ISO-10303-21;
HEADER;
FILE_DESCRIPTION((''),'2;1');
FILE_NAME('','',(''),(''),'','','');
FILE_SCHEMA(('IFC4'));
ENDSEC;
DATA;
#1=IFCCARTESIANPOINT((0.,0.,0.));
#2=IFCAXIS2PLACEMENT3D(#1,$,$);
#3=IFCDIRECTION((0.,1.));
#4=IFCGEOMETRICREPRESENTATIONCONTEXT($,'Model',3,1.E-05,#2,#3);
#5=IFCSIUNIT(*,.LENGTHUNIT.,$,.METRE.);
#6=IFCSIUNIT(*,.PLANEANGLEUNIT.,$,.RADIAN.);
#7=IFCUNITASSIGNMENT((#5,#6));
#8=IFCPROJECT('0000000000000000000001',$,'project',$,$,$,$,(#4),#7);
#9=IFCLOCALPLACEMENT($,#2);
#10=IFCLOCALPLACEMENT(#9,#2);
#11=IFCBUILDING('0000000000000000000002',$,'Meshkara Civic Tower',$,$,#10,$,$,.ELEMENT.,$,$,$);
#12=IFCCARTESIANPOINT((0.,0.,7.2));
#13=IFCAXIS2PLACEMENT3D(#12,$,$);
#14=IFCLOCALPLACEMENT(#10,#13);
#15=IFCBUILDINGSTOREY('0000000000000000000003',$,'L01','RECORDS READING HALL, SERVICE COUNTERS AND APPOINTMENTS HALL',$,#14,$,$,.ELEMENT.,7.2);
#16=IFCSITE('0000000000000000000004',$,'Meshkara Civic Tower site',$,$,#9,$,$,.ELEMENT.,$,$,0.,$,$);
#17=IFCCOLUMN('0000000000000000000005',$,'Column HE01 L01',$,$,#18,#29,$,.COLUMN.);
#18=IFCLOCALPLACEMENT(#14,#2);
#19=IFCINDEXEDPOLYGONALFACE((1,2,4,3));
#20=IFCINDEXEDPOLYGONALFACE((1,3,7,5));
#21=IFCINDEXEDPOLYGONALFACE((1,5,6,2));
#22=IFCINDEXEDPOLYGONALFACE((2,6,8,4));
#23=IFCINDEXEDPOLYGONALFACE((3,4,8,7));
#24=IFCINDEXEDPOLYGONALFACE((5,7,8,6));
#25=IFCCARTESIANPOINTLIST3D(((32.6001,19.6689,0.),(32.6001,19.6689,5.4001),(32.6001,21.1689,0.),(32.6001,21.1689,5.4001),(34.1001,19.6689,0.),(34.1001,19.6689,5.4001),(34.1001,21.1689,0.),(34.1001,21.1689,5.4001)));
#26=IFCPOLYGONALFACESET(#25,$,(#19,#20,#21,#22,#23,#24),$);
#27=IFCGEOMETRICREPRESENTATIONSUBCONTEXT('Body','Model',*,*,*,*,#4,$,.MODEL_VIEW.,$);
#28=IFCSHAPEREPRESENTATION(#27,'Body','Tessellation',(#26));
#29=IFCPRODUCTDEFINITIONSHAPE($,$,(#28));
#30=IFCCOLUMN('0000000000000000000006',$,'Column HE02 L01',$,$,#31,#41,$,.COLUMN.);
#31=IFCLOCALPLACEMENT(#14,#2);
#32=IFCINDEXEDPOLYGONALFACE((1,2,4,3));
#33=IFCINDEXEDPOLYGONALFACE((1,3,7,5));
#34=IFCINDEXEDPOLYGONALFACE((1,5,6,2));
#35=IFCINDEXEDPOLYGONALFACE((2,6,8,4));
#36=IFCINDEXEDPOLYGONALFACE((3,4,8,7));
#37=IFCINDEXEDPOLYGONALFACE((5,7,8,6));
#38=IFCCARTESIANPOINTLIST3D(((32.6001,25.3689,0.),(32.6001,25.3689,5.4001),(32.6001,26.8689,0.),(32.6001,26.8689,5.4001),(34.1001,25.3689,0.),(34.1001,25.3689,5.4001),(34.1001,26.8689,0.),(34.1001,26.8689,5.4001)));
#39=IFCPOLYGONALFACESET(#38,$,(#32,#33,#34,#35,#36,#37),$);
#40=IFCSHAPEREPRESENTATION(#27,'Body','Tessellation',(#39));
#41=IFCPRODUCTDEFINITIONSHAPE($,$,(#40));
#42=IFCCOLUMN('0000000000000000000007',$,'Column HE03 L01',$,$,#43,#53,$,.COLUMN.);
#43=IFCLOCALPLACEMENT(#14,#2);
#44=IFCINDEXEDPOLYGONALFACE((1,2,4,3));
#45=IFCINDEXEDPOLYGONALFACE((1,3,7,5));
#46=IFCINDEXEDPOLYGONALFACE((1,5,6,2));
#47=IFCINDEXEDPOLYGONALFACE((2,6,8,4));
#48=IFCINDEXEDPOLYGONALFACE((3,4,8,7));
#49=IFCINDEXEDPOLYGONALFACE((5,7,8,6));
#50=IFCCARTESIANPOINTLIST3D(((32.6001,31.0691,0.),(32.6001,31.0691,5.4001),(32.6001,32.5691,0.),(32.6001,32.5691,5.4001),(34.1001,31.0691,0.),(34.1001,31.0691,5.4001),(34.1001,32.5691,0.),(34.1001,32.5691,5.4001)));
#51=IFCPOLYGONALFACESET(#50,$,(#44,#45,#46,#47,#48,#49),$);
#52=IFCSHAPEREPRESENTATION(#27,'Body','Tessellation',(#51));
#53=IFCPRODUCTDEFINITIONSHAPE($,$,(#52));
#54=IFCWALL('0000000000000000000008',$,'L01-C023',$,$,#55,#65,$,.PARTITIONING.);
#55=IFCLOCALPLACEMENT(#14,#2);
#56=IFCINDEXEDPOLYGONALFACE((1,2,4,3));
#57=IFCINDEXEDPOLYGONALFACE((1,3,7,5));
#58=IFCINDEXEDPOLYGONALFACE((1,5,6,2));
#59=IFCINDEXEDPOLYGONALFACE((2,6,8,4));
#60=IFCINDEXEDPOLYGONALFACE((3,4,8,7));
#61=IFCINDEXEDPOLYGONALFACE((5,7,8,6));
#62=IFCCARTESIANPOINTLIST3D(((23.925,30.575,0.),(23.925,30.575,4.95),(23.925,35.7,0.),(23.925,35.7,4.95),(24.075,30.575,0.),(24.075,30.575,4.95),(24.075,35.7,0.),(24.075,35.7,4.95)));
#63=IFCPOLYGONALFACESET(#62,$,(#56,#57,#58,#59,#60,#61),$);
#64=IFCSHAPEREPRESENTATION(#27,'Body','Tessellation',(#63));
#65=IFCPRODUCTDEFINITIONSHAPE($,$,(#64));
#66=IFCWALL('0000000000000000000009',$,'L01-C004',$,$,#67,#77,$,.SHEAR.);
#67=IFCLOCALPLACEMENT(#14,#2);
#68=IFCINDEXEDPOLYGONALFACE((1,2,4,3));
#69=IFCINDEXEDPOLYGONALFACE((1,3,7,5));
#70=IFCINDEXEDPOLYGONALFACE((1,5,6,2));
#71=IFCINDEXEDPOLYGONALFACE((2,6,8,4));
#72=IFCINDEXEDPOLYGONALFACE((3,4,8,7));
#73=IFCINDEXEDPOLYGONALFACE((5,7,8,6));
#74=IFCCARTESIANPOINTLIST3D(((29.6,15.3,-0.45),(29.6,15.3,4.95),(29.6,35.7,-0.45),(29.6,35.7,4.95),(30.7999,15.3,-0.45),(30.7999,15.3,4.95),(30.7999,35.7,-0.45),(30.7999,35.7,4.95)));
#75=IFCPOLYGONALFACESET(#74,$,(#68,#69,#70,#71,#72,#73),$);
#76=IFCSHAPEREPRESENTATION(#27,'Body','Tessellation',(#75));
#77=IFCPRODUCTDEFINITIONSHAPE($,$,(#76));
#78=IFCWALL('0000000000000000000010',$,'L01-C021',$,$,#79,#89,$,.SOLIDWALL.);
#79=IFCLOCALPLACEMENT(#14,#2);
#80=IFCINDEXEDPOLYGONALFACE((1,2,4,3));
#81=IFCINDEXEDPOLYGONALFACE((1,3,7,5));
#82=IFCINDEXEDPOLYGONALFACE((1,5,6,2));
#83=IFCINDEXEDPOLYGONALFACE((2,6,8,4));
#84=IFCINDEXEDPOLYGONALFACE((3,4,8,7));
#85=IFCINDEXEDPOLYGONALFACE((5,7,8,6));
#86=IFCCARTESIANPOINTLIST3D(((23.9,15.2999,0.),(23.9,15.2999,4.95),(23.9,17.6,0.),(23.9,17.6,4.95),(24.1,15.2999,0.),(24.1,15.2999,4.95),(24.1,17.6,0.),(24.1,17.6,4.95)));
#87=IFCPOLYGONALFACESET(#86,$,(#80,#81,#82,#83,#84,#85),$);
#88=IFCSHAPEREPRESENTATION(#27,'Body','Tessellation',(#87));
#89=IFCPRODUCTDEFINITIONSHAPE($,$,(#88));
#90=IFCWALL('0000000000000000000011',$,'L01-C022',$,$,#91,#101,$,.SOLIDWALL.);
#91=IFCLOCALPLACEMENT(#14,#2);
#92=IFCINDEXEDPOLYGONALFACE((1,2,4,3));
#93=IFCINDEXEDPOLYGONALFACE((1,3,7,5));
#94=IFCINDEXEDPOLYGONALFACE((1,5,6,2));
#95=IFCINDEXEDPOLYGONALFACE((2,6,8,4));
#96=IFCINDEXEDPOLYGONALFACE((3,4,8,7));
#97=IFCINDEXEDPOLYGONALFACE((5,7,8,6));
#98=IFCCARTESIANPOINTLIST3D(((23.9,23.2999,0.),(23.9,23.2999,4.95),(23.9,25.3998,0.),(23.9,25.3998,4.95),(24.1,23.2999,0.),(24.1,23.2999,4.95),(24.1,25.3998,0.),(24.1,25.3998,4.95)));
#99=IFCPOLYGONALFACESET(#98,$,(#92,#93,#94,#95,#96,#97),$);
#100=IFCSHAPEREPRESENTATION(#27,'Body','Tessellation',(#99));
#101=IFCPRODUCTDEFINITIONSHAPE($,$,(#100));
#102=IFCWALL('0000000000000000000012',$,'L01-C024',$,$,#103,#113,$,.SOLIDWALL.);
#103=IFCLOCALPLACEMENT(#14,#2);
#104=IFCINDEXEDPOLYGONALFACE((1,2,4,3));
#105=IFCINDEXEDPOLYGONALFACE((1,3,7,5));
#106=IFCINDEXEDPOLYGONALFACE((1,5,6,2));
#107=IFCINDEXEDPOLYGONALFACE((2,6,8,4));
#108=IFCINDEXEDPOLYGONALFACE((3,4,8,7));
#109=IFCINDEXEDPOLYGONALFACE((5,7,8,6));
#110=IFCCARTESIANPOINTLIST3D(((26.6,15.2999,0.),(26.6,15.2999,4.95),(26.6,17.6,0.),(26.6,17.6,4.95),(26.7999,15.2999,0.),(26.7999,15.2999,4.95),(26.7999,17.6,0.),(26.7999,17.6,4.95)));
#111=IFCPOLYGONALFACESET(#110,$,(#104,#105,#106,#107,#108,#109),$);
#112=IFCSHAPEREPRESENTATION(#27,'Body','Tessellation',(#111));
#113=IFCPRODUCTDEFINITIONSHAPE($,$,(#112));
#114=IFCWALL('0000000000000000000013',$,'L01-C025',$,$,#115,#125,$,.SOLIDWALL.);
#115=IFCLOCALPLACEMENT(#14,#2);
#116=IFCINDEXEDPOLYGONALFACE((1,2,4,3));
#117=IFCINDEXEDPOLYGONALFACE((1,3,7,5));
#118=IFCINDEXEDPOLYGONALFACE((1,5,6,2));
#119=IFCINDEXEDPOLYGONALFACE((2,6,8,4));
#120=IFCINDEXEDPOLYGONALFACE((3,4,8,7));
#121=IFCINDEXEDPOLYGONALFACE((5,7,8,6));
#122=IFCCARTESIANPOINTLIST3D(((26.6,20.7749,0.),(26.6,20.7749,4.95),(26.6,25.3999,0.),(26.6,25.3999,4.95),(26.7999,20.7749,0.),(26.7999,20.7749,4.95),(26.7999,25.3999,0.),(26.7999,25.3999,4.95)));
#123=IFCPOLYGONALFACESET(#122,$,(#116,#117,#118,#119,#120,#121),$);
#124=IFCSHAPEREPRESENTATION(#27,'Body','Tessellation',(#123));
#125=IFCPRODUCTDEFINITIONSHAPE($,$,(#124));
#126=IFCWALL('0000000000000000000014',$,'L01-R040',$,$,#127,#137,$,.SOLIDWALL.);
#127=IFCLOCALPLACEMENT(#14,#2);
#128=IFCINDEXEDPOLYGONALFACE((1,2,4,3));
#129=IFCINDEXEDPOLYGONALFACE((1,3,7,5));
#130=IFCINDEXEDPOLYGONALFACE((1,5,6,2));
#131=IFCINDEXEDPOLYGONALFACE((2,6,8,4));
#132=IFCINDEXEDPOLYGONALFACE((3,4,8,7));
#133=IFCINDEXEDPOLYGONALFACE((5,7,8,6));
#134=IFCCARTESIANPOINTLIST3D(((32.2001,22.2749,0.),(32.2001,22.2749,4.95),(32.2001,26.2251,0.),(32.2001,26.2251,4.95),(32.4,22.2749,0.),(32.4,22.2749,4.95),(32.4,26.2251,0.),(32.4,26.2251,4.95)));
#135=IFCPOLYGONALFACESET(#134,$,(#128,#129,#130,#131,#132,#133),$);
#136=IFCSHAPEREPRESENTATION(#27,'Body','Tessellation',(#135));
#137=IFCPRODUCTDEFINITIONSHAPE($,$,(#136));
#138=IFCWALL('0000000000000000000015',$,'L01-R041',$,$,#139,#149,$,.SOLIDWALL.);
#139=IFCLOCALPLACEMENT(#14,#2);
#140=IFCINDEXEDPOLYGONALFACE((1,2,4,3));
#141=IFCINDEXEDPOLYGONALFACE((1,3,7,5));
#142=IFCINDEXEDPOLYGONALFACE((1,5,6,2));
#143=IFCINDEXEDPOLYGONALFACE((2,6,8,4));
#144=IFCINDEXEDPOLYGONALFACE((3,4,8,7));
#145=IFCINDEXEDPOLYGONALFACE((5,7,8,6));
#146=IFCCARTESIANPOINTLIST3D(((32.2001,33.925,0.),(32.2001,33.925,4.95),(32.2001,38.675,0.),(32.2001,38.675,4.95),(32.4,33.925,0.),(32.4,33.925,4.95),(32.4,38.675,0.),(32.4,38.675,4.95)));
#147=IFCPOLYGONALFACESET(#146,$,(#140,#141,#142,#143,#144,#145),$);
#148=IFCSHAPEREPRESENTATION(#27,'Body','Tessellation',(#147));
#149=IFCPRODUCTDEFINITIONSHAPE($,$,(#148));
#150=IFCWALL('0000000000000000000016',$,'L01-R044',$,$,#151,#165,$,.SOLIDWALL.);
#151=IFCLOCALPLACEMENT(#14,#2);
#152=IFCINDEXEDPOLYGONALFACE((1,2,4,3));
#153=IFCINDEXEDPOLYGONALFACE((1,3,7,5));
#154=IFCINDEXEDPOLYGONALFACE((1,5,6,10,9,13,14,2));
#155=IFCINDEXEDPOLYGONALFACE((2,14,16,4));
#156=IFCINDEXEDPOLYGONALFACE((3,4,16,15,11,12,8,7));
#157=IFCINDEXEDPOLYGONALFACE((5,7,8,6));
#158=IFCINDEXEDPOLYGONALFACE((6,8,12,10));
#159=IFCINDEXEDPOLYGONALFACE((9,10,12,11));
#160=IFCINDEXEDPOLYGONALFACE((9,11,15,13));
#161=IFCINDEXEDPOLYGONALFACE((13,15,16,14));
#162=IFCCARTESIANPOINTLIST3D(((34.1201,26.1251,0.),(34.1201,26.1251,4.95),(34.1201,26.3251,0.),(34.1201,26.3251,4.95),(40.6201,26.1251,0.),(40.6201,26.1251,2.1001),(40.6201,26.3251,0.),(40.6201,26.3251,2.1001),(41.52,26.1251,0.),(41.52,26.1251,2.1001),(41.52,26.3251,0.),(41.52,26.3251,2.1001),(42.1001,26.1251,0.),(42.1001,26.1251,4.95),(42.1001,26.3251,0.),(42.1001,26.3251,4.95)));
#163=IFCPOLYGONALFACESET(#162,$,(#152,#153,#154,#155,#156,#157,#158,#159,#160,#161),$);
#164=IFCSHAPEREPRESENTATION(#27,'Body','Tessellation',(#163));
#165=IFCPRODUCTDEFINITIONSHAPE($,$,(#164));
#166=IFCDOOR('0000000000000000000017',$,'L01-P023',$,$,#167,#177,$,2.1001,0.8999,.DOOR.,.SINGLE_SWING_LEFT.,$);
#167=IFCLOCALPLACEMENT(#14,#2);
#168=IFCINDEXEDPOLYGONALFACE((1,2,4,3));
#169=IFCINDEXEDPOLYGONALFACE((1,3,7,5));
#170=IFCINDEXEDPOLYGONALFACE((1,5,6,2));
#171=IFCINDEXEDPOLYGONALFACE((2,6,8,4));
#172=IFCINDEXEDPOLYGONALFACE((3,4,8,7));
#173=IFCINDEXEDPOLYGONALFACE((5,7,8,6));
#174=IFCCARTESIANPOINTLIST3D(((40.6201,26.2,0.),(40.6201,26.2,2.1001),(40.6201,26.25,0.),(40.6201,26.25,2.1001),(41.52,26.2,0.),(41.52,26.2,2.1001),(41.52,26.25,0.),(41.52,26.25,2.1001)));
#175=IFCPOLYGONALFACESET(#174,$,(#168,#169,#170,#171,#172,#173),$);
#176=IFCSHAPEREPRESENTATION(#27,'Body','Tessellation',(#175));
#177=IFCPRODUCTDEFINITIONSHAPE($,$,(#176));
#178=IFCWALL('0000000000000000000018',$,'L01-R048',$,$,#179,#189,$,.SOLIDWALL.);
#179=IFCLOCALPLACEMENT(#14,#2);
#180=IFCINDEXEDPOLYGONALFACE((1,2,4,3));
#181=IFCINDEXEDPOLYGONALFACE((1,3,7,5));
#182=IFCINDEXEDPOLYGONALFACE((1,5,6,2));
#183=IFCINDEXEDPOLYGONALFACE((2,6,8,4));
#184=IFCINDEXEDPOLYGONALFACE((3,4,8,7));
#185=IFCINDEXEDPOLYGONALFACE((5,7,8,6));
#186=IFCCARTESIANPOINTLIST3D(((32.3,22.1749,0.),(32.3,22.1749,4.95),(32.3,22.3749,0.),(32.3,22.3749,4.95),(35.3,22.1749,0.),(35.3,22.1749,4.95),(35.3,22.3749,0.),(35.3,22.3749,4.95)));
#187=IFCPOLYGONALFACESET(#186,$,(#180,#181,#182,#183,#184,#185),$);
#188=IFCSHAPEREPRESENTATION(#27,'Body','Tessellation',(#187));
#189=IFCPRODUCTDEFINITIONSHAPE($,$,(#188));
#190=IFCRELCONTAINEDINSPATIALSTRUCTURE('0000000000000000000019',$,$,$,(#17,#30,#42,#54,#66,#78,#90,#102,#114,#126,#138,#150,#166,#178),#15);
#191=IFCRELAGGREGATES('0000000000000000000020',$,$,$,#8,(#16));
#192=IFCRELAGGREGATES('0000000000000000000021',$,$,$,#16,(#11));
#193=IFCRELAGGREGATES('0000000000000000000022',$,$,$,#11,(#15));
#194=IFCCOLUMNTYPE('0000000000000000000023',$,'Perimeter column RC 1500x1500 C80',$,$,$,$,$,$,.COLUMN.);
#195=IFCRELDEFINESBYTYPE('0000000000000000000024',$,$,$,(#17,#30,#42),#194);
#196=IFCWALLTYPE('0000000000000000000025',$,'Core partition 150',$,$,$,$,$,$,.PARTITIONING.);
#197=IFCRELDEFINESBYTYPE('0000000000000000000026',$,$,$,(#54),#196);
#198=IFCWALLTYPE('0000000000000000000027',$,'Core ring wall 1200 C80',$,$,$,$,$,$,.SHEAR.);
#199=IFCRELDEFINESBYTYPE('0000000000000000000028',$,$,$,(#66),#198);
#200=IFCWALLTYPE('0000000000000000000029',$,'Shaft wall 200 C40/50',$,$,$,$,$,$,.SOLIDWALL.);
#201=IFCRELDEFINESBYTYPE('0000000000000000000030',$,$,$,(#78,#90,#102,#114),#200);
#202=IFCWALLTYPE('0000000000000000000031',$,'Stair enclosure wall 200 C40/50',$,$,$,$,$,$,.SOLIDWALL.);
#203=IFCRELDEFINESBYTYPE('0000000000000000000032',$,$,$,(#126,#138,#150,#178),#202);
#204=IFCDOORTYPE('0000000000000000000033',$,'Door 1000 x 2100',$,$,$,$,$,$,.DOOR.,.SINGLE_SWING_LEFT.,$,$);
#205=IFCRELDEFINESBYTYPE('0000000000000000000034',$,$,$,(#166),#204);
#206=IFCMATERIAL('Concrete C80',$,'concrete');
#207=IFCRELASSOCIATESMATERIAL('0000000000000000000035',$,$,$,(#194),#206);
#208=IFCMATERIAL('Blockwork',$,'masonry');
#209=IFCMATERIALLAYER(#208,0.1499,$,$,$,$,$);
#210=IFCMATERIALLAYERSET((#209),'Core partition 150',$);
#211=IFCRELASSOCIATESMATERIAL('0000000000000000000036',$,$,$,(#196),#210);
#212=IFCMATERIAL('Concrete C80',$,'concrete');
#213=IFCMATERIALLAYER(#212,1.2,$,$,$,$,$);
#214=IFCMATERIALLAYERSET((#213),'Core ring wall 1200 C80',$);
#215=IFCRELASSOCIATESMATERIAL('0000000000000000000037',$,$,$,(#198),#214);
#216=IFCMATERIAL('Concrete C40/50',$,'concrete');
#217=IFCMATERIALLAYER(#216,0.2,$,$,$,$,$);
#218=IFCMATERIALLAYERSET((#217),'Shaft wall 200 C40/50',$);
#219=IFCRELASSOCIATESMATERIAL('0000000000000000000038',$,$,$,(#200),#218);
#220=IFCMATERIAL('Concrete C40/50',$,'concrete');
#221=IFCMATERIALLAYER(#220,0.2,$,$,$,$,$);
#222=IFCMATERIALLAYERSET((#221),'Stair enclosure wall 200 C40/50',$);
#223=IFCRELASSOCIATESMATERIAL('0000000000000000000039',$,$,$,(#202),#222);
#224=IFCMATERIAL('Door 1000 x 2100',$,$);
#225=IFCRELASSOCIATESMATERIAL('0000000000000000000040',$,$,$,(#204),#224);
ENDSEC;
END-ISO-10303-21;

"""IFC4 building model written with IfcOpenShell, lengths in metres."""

from ifc_helpers import new_model, si_unit, direction, frame, frame_2d, origin, origin_2d, place, context, subcontext, project, spatial, rectangle, extrude, material, layer, layer_set, material_profile, profile_set, type_object, element, fill, save


model = new_model("IFC4")

# Units and contexts
model_context = context("Model", 3, precision=1e-05, world=origin(), true_north=direction((0.0, 1.0)))
body_context = subcontext(model_context, "Body", "Model", "MODEL_VIEW")
ifc_project = project(units=[si_unit("LENGTHUNIT", "METRE"), si_unit("PLANEANGLEUNIT", "RADIAN")], contexts=[model_context])

# Site, building, storey
site_placement = place(None, origin())
site = spatial("IfcSite", under=ifc_project, at=site_placement, Name="Meshkara Civic Tower site", CompositionType="ELEMENT", RefElevation=0.0)
building_placement = place(site_placement, origin())
building = spatial("IfcBuilding", under=site, at=building_placement, Name="Meshkara Civic Tower", CompositionType="ELEMENT")
storey_placement = place(building_placement, frame((0.0, 0.0, 7.2)))
storey = spatial("IfcBuildingStorey", under=building, at=storey_placement, Name="L01", Description="RECORDS READING HALL, SERVICE COUNTERS AND APPOINTMENTS HALL", CompositionType="ELEMENT", Elevation=7.2)

# Columns
ifc_material_1 = material(Name="Concrete C80", Category="concrete")
ifc_material_profile = material_profile(ifc_material_1, rectangle(XDim=1.5, YDim=1.5, at=origin_2d()))
ifc_profile_set = profile_set([ifc_material_profile], Name="Concrete C80")
column_type = type_object("IfcColumnType", Name="Perimeter column RC 1500x1500 C80", PredefinedType="COLUMN", material=ifc_profile_set)
for number, where, z_axis, x_axis, name in (
    (1, (33.3501, 20.4189, 0.0), (0.0, 0.0, 1.0), (1.0, 0.0, 0.0), "Column HE01 L01"),
    (2, (33.3501, 26.1189, 0.0), (0.0, 0.0, 1.0), (1.0, 0.0, 0.0), "Column HE02 L01"),
    (3, (33.3501, 31.8191, 0.0), (0.0, 0.0, 1.0), (1.0, 0.0, 0.0), "Column HE03 L01"),
):
    element("IfcColumn", number, at=place(storey_placement, frame(where, z_axis=z_axis, x_axis=x_axis)), inside=storey, type_object=column_type, Name=name, PredefinedType="COLUMN", context=body_context, shape_type="SweptSolid", body=[
        extrude(rectangle(XDim=1.5, YDim=1.5, at=origin_2d()), origin(), (0.0, 0.0, 1.0), 5.4001),
    ])

# Walls
ifc_material_2 = material(Name="Blockwork", Category="masonry")
ifc_layer_1 = layer(ifc_material_2, 0.1499)
ifc_layer_set_1 = layer_set([ifc_layer_1], Name="Core partition 150")
wall_type_1 = type_object("IfcWallType", Name="Core partition 150", PredefinedType="PARTITIONING", material=ifc_layer_set_1)
wall_1_placement = place(storey_placement, frame((24.0, 30.575, 0.0), z_axis=(0.0, 0.0, 1.0), x_axis=(0.0, 1.0, 0.0)))
element("IfcWall", 4, at=wall_1_placement, inside=storey, type_object=wall_type_1, Name="L01-C023", PredefinedType="PARTITIONING", context=body_context, shape_type="SweptSolid", body=[
    extrude(rectangle(XDim=5.125, YDim=0.1499, at=frame_2d((2.5625, 0.0))), origin(), (0.0, 0.0, 1.0), 4.95),
])
ifc_material_3 = material(Name="Concrete C80", Category="concrete")
ifc_layer_2 = layer(ifc_material_3, 1.2)
ifc_layer_set_2 = layer_set([ifc_layer_2], Name="Core ring wall 1200 C80")
wall_type_2 = type_object("IfcWallType", Name="Core ring wall 1200 C80", PredefinedType="SHEAR", material=ifc_layer_set_2)
wall_2_placement = place(storey_placement, frame((30.2, 15.3, -0.45), z_axis=(0.0, 0.0, 1.0), x_axis=(0.0, 1.0, 0.0)))
element("IfcWall", 5, at=wall_2_placement, inside=storey, type_object=wall_type_2, Name="L01-C004", PredefinedType="SHEAR", context=body_context, shape_type="SweptSolid", body=[
    extrude(rectangle(XDim=20.3999, YDim=1.2, at=frame_2d((10.2, 0.0))), origin(), (0.0, 0.0, 1.0), 5.3999),
])
ifc_material_4 = material(Name="Concrete C40/50", Category="concrete")
ifc_layer_3 = layer(ifc_material_4, 0.2)
ifc_layer_set_3 = layer_set([ifc_layer_3], Name="Shaft wall 200 C40/50")
wall_type_3 = type_object("IfcWallType", Name="Shaft wall 200 C40/50", PredefinedType="SOLIDWALL", material=ifc_layer_set_3)
wall_3_placement = place(storey_placement, frame((24.0, 15.3, 0.0), z_axis=(0.0, 0.0, 1.0), x_axis=(0.0, 1.0, 0.0)))
element("IfcWall", 6, at=wall_3_placement, inside=storey, type_object=wall_type_3, Name="L01-C021", PredefinedType="SOLIDWALL", context=body_context, shape_type="SweptSolid", body=[
    extrude(rectangle(XDim=2.3, YDim=0.2, at=frame_2d((1.1499, 0.0))), origin(), (0.0, 0.0, 1.0), 4.95),
])
wall_4_placement = place(storey_placement, frame((24.0, 23.3, 0.0), z_axis=(0.0, 0.0, 1.0), x_axis=(0.0, 1.0, 0.0)))
element("IfcWall", 7, at=wall_4_placement, inside=storey, type_object=wall_type_3, Name="L01-C022", PredefinedType="SOLIDWALL", context=body_context, shape_type="SweptSolid", body=[
    extrude(rectangle(XDim=2.0999, YDim=0.2, at=frame_2d((1.0498, 0.0))), origin(), (0.0, 0.0, 1.0), 4.95),
])
wall_5_placement = place(storey_placement, frame((26.7, 15.3, 0.0), z_axis=(0.0, 0.0, 1.0), x_axis=(0.0, 1.0, 0.0)))
element("IfcWall", 8, at=wall_5_placement, inside=storey, type_object=wall_type_3, Name="L01-C024", PredefinedType="SOLIDWALL", context=body_context, shape_type="SweptSolid", body=[
    extrude(rectangle(XDim=2.3, YDim=0.2, at=frame_2d((1.1499, 0.0))), origin(), (0.0, 0.0, 1.0), 4.95),
])
wall_6_placement = place(storey_placement, frame((26.7, 20.7749, 0.0), z_axis=(0.0, 0.0, 1.0), x_axis=(0.0, 1.0, 0.0)))
element("IfcWall", 9, at=wall_6_placement, inside=storey, type_object=wall_type_3, Name="L01-C025", PredefinedType="SOLIDWALL", context=body_context, shape_type="SweptSolid", body=[
    extrude(rectangle(XDim=4.625, YDim=0.2, at=frame_2d((2.3125, 0.0))), origin(), (0.0, 0.0, 1.0), 4.95),
])
ifc_material_5 = material(Name="Concrete C40/50", Category="concrete")
ifc_layer_4 = layer(ifc_material_5, 0.2)
ifc_layer_set_4 = layer_set([ifc_layer_4], Name="Stair enclosure wall 200 C40/50")
wall_type_4 = type_object("IfcWallType", Name="Stair enclosure wall 200 C40/50", PredefinedType="SOLIDWALL", material=ifc_layer_set_4)
wall_7_placement = place(storey_placement, frame((32.3, 22.2749, 0.0), z_axis=(0.0, 0.0, 1.0), x_axis=(0.0, 1.0, 0.0)))
element("IfcWall", 10, at=wall_7_placement, inside=storey, type_object=wall_type_4, Name="L01-R040", PredefinedType="SOLIDWALL", context=body_context, shape_type="SweptSolid", body=[
    extrude(rectangle(XDim=3.9502, YDim=0.2, at=frame_2d((1.9751, 0.0))), origin(), (0.0, 0.0, 1.0), 4.95),
])
wall_8_placement = place(storey_placement, frame((32.3, 33.925, 0.0), z_axis=(0.0, 0.0, 1.0), x_axis=(0.0, 1.0, 0.0)))
element("IfcWall", 11, at=wall_8_placement, inside=storey, type_object=wall_type_4, Name="L01-R041", PredefinedType="SOLIDWALL", context=body_context, shape_type="SweptSolid", body=[
    extrude(rectangle(XDim=4.75, YDim=0.2, at=frame_2d((2.375, 0.0))), origin(), (0.0, 0.0, 1.0), 4.95),
])

# Wall, opening, door
wall_9_placement = place(storey_placement, frame((34.1201, 26.2251, 0.0), z_axis=(0.0, 0.0, 1.0), x_axis=(1.0, 0.0, 0.0)))
wall_9 = element("IfcWall", 12, at=wall_9_placement, inside=storey, type_object=wall_type_4, Name="L01-R044", PredefinedType="SOLIDWALL", context=body_context, shape_type="SweptSolid", body=[
    extrude(rectangle(XDim=7.98, YDim=0.2, at=frame_2d((3.99, 0.0))), origin(), (0.0, 0.0, 1.0), 4.95),
])
opening_placement = place(wall_9_placement, frame((6.5, 0.0, 0.0)))
opening = element("IfcOpeningElement", 13, at=opening_placement, cuts=wall_9, PredefinedType="OPENING", context=body_context, shape_type="SweptSolid", body=[
    extrude(rectangle(XDim=0.8999, YDim=2.1001, at=frame_2d((0.45, 1.05))), frame((0.0, 0.1099, 0.0), z_axis=(0.0, -1.0, 0.0), x_axis=(1.0, 0.0, 0.0)), (0.0, 0.0, 1.0), 0.22),
])
ifc_material_6 = material(Name="Door 1000 x 2100")
door_type = type_object("IfcDoorType", Name="Door 1000 x 2100", OperationType="SINGLE_SWING_LEFT", PredefinedType="DOOR", material=ifc_material_6)
door_placement = place(opening_placement, origin())
door = element("IfcDoor", 14, at=door_placement, inside=storey, type_object=door_type, Name="L01-P023", OperationType="SINGLE_SWING_LEFT", OverallHeight=2.1001, OverallWidth=0.8999, PredefinedType="DOOR", context=body_context, shape_type="SweptSolid", body=[
    extrude(rectangle(XDim=0.8999, YDim=2.1001, at=frame_2d((0.45, 1.05))), frame((0.0, 0.0249, 0.0), z_axis=(0.0, -1.0, 0.0), x_axis=(1.0, 0.0, 0.0)), (0.0, 0.0, 1.0), 0.05),
])
fill(opening, door)

# Wall
wall_10_placement = place(storey_placement, frame((35.3, 22.2749, 0.0), z_axis=(0.0, 0.0, 1.0), x_axis=(-1.0, 0.0, 0.0)))
element("IfcWall", 15, at=wall_10_placement, inside=storey, type_object=wall_type_4, Name="L01-R048", PredefinedType="SOLIDWALL", context=body_context, shape_type="SweptSolid", body=[
    extrude(rectangle(XDim=3.0, YDim=0.2, at=frame_2d((1.5, 0.0))), origin(), (0.0, 0.0, 1.0), 4.95),
])

save(model, "model.ifc")
